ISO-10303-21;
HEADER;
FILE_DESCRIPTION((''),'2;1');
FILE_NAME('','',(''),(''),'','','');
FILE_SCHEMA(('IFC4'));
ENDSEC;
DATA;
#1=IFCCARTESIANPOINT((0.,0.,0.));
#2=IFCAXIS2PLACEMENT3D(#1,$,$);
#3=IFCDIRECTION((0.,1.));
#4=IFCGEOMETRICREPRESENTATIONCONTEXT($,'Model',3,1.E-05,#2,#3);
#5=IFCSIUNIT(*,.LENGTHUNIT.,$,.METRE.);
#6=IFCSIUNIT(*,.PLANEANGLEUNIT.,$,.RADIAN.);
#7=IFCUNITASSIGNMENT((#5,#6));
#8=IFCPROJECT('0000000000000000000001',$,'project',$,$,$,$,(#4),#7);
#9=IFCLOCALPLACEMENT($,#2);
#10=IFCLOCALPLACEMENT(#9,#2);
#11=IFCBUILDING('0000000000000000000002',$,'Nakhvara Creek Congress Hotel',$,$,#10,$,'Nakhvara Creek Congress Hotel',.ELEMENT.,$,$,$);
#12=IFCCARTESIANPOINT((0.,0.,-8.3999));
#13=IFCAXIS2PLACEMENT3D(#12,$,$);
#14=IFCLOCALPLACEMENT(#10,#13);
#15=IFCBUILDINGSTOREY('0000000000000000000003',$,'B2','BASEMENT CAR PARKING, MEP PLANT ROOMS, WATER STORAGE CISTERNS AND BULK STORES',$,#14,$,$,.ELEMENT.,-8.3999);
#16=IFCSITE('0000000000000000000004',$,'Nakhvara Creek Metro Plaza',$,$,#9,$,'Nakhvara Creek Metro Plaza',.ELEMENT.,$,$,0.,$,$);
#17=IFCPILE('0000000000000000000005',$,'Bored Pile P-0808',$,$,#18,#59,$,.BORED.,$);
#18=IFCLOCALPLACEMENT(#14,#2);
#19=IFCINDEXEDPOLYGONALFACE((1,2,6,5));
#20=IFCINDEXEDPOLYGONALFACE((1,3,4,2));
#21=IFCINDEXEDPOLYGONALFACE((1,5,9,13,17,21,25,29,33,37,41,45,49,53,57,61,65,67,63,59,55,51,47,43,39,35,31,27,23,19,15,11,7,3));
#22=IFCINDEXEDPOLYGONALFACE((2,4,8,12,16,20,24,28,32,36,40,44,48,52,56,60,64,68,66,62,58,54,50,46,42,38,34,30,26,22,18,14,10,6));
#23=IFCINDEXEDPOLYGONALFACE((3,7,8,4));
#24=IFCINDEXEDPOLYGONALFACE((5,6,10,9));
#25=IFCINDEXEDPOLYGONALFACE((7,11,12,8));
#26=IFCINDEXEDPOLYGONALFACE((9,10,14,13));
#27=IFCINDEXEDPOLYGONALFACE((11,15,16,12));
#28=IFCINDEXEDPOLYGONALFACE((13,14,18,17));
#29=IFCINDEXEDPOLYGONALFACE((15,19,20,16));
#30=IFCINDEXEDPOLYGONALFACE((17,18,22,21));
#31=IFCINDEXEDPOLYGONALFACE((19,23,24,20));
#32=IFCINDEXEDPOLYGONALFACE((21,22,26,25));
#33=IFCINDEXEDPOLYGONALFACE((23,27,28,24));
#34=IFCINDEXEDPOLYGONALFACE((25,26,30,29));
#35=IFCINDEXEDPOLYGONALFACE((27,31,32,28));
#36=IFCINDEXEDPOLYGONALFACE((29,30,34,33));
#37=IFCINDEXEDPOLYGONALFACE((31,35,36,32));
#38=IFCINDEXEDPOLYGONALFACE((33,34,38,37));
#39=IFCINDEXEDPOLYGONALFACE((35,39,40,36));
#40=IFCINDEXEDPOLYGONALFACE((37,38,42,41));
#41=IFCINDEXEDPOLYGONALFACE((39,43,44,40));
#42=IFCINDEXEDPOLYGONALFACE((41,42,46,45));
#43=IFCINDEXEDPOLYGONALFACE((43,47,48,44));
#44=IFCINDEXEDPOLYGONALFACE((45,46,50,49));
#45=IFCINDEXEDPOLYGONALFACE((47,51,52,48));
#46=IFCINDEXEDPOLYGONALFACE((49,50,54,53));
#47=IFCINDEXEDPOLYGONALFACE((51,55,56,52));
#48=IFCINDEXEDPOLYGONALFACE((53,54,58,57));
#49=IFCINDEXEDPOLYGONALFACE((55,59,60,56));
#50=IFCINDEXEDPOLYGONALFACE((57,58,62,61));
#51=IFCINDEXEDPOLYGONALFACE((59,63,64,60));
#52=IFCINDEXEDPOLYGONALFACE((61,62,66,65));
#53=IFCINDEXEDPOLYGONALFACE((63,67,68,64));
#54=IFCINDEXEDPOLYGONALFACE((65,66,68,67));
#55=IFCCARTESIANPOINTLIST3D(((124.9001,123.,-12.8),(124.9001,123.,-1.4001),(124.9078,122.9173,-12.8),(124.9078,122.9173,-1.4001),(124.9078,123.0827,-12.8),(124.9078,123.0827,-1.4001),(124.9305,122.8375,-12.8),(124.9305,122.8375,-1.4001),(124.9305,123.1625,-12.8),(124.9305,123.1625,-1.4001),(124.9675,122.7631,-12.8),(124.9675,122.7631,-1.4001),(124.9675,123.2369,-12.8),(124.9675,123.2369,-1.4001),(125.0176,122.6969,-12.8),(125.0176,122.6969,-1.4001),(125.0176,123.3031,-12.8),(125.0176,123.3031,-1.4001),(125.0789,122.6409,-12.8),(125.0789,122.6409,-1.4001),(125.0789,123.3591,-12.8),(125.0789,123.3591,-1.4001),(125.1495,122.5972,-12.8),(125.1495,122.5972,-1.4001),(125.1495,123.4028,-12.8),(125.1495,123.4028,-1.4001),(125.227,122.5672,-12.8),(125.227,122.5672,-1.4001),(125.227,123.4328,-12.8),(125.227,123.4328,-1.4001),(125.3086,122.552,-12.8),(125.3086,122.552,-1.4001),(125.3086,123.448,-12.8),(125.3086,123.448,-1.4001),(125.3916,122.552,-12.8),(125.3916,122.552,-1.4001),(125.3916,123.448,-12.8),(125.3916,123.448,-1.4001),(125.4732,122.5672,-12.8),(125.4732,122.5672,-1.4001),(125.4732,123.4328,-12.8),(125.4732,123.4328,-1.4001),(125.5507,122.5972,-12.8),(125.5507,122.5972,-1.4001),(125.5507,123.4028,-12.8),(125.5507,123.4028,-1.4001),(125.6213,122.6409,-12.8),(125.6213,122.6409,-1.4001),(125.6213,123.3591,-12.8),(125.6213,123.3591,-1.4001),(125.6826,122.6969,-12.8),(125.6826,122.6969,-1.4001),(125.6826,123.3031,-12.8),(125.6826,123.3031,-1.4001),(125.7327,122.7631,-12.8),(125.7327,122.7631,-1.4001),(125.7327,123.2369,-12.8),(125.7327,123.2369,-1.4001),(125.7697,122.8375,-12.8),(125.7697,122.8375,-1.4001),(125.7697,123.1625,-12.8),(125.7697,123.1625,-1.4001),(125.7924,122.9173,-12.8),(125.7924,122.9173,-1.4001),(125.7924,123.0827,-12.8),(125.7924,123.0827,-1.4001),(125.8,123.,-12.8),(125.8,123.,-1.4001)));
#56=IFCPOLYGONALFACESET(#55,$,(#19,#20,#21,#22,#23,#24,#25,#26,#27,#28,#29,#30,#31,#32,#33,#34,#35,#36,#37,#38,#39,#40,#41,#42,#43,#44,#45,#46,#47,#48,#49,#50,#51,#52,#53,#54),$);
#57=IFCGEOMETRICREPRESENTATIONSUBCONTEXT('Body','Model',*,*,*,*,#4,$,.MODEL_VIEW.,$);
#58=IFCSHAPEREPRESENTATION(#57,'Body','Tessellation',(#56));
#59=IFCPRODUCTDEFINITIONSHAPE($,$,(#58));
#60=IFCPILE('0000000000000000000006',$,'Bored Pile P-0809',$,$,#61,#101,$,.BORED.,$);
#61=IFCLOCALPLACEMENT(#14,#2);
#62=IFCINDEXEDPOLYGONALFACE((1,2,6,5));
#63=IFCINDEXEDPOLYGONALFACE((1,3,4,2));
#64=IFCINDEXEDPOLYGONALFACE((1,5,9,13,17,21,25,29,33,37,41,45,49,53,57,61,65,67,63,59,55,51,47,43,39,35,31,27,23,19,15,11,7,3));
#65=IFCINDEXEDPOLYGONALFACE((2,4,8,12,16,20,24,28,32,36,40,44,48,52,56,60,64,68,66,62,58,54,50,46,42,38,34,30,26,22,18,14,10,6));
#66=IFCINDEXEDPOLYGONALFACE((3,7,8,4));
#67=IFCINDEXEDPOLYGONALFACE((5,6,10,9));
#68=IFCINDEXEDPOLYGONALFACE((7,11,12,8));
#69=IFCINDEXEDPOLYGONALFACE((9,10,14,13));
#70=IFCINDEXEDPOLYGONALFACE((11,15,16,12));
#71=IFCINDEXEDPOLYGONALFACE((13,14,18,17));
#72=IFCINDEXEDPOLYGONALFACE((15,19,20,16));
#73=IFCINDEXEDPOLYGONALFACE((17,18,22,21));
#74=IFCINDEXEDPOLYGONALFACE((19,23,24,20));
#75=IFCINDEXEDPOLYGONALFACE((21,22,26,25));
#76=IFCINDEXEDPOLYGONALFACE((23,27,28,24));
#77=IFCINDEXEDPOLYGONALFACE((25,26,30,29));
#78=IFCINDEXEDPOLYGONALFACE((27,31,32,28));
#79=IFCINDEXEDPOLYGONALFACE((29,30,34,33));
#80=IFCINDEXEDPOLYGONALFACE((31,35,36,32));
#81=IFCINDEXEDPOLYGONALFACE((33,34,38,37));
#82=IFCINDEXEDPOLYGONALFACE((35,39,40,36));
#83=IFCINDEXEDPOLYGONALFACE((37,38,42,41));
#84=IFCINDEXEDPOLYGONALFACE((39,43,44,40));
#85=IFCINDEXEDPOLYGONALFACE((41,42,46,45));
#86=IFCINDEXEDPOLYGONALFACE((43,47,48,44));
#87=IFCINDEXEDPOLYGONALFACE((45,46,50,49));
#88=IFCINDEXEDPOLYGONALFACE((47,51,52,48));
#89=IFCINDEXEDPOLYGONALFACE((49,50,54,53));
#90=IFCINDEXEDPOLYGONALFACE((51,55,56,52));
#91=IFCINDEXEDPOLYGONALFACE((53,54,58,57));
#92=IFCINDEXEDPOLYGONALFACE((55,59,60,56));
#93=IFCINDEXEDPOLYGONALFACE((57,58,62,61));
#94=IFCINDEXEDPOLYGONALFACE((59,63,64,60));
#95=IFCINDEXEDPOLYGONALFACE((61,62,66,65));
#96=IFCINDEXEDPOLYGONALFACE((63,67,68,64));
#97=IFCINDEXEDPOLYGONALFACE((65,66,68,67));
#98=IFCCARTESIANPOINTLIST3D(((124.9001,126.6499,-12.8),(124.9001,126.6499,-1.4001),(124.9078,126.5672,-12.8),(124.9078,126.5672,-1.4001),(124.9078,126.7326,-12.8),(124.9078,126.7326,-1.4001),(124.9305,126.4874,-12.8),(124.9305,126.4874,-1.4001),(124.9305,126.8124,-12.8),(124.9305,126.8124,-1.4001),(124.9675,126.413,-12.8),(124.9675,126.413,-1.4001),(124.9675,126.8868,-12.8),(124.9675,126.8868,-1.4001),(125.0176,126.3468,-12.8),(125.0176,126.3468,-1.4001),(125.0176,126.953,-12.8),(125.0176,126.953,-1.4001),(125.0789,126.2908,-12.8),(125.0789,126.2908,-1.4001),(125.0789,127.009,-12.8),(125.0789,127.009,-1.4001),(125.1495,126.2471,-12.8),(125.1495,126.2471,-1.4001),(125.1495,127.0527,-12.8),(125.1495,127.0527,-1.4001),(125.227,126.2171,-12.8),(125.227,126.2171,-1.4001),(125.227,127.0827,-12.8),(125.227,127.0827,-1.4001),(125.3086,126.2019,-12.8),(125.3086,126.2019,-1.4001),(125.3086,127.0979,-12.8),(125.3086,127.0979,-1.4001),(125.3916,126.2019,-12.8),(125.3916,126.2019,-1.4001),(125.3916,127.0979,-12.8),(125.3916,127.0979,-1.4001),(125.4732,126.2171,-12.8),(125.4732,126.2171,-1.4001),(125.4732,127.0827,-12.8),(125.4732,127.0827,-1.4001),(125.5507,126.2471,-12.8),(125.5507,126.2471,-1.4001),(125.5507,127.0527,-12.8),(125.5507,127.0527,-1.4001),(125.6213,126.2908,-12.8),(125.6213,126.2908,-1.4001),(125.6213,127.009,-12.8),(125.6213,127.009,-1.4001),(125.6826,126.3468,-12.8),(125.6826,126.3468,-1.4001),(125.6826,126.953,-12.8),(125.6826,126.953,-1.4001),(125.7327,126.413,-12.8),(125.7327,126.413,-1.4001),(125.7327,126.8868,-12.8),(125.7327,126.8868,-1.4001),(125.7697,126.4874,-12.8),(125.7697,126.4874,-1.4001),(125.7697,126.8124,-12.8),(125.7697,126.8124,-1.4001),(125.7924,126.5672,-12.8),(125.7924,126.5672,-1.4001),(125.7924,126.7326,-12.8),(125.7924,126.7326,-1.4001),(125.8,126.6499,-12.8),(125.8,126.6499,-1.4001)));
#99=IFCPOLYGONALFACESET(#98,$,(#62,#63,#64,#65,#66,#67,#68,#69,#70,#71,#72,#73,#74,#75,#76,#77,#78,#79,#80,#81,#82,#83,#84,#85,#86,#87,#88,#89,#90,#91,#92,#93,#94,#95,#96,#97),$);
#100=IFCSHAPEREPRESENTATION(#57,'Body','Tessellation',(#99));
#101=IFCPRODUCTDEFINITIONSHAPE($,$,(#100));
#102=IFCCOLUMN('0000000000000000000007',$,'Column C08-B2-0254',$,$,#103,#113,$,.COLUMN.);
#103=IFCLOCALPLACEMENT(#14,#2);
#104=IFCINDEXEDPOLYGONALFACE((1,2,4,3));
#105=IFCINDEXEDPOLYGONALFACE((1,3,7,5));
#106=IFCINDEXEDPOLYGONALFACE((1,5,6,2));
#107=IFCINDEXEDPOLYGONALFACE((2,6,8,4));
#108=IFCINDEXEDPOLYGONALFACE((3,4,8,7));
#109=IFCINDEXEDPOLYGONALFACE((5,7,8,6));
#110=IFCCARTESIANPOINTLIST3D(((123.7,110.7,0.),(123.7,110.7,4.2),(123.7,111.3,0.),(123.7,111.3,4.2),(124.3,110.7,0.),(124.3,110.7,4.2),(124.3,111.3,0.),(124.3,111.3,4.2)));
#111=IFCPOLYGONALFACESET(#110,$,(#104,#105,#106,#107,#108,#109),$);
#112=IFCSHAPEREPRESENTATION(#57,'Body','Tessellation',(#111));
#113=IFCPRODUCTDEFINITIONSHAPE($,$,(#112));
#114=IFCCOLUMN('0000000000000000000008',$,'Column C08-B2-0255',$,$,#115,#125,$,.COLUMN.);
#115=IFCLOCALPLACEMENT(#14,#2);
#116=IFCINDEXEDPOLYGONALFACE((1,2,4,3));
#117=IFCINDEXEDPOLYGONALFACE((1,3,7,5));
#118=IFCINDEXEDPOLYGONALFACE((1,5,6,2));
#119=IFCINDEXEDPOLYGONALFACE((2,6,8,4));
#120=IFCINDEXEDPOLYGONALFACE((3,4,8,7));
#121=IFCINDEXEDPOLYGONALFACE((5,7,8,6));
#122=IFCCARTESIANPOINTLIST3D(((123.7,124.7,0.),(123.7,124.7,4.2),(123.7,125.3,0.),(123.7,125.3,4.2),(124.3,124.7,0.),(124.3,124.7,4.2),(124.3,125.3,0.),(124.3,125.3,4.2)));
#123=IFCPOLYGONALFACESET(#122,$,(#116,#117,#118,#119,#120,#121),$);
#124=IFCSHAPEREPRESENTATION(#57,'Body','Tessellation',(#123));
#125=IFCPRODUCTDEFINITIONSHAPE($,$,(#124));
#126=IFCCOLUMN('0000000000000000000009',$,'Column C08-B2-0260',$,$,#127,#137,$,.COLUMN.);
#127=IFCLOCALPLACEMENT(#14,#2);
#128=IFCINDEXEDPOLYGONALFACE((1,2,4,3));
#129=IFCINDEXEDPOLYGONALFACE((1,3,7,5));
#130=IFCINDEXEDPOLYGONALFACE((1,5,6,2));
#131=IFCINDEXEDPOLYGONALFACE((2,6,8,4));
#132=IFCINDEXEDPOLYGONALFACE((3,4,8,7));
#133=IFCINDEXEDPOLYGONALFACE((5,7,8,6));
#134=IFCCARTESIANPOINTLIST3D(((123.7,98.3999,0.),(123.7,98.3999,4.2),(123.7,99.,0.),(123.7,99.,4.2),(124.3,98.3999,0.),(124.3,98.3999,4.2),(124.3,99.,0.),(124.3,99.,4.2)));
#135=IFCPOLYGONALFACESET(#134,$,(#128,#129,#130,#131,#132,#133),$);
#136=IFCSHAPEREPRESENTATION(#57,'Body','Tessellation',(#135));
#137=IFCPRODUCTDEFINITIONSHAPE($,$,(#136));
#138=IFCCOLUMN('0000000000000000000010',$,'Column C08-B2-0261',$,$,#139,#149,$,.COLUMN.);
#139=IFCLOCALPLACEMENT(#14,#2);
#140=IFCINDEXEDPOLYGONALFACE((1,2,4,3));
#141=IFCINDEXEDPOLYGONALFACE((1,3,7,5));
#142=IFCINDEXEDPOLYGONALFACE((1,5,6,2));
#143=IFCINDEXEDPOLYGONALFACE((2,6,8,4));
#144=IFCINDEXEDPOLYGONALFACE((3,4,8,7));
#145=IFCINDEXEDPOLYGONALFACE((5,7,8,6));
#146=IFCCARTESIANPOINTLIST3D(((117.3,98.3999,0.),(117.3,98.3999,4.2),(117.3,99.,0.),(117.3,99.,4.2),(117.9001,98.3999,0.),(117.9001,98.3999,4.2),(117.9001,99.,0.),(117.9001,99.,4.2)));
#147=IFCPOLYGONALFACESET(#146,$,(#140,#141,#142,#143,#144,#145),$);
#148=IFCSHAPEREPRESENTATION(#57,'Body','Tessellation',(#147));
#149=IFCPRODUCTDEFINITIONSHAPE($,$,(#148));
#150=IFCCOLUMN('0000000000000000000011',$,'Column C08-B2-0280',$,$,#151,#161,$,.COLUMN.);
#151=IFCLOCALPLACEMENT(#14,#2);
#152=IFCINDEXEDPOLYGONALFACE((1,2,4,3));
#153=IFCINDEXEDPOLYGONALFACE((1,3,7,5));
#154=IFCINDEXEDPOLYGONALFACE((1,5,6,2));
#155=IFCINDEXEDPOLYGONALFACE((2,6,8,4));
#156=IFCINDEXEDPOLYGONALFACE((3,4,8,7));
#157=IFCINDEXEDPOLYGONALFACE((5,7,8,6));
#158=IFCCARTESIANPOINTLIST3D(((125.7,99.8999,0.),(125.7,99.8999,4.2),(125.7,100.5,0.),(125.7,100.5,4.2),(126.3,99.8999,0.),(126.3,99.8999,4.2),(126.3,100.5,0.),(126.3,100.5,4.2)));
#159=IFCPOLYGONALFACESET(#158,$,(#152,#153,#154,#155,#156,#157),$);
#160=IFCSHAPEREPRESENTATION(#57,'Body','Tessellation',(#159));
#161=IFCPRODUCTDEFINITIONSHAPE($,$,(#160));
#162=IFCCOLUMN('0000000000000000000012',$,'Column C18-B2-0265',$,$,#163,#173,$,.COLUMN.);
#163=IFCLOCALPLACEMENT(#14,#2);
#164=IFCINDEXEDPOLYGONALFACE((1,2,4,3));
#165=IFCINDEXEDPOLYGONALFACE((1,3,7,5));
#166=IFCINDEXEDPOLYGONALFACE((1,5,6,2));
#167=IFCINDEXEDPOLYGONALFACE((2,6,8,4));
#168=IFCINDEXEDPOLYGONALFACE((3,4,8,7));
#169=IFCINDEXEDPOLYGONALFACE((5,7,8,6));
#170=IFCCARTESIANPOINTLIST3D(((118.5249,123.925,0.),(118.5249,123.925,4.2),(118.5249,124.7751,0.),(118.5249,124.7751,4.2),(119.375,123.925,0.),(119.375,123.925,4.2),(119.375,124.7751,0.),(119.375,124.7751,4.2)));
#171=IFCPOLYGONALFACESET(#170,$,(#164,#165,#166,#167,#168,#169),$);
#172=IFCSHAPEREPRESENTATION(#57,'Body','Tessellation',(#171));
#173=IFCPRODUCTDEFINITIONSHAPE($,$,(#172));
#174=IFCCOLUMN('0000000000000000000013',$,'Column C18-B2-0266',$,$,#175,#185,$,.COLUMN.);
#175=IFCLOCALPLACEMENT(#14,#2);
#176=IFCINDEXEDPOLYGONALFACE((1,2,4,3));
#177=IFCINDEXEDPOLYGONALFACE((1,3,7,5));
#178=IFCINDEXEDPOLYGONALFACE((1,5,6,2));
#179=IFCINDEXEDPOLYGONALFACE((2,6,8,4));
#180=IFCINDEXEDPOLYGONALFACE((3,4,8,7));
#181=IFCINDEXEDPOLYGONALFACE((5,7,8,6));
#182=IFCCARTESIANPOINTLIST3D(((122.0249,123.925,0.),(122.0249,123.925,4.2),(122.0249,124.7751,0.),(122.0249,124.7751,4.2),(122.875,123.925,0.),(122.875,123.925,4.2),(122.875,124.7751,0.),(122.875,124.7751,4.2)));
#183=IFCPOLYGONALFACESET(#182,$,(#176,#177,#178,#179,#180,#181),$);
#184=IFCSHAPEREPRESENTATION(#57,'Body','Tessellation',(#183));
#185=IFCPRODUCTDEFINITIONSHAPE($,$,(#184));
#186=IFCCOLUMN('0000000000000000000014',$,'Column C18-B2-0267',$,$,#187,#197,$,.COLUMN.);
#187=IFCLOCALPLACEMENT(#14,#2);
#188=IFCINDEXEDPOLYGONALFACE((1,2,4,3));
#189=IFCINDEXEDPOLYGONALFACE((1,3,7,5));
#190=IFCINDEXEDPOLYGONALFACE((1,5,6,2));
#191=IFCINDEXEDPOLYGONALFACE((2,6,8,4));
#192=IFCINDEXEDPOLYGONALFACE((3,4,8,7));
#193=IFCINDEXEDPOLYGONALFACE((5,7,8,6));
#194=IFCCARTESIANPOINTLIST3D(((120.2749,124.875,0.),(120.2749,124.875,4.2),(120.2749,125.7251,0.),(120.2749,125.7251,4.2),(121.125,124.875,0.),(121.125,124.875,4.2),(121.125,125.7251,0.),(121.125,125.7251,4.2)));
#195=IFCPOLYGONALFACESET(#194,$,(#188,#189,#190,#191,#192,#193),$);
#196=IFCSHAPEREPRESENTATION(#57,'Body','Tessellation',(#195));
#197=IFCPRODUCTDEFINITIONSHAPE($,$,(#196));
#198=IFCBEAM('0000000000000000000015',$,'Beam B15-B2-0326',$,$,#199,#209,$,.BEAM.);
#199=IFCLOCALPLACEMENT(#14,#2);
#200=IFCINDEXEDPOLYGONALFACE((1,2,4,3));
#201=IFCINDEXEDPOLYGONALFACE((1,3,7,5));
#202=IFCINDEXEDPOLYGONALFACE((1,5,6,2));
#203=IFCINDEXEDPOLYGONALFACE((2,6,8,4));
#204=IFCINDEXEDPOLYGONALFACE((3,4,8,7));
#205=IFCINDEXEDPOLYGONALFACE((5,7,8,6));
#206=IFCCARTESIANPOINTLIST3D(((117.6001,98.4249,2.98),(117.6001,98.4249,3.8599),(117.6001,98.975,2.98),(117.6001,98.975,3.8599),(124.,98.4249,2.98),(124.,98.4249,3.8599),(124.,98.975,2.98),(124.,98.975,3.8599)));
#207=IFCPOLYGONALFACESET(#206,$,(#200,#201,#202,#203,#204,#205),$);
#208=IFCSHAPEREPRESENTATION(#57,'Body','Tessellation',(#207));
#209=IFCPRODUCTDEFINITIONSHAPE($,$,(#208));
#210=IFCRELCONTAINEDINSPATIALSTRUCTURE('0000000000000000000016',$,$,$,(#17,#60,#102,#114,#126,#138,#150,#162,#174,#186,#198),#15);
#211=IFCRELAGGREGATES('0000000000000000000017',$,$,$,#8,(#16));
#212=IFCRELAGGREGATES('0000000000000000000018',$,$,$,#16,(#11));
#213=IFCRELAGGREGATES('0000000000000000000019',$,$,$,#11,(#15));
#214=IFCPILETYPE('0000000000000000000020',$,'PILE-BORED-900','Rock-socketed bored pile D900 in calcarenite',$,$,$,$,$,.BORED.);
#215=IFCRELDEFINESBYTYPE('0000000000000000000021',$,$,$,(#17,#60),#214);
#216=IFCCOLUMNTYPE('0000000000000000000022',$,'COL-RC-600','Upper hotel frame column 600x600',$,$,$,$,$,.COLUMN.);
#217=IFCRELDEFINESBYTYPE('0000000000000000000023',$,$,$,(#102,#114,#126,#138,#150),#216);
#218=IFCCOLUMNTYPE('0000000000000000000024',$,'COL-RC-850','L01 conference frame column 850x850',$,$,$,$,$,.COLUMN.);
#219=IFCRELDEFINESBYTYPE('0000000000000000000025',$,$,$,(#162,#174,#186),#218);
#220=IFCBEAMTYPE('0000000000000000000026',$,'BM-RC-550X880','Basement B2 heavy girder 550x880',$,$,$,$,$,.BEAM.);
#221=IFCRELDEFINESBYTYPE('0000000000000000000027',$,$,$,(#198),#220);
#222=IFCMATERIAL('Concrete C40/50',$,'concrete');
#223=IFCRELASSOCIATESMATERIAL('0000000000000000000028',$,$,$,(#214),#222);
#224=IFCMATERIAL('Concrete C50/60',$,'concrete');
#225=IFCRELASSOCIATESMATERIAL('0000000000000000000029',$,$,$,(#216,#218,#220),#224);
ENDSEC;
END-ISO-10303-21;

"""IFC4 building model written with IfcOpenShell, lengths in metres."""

from ifc_helpers import new_model, si_unit, direction, frame, origin, origin_2d, place, context, subcontext, project, spatial, rectangle, circle, extrude, material, material_profile, profile_set, type_object, element, save


model = new_model("IFC4")

# Units and contexts
model_context = context("Model", 3, precision=1e-05, world=origin(), true_north=direction((0.0, 1.0)))
body_context = subcontext(model_context, "Body", "Model", "MODEL_VIEW")
ifc_project = project(units=[si_unit("LENGTHUNIT", "METRE"), si_unit("PLANEANGLEUNIT", "RADIAN")], contexts=[model_context])

# Site, building, storey
site_placement = place(None, origin())
site = spatial("IfcSite", under=ifc_project, at=site_placement, Name="Nakhvara Creek Metro Plaza", LongName="Nakhvara Creek Metro Plaza", CompositionType="ELEMENT", RefElevation=0.0)
building_placement = place(site_placement, origin())
building = spatial("IfcBuilding", under=site, at=building_placement, Name="Nakhvara Creek Congress Hotel", LongName="Nakhvara Creek Congress Hotel", CompositionType="ELEMENT")
storey_placement = place(building_placement, frame((0.0, 0.0, -8.3999)))
storey = spatial("IfcBuildingStorey", under=building, at=storey_placement, Name="B2", Description="BASEMENT CAR PARKING, MEP PLANT ROOMS, WATER STORAGE CISTERNS AND BULK STORES", CompositionType="ELEMENT", Elevation=-8.3999)

# Shared definitions
ifc_material_1 = material(Name="Concrete C40/50", Category="concrete")

# Piles
ifc_material_profile_1 = material_profile(ifc_material_1, circle(Radius=0.45, at=origin_2d()), Name="BORED PILE D900", Category="LoadBearing")
ifc_profile_set_1 = profile_set([ifc_material_profile_1], Name="Concrete C40/50")
pile_type = type_object("IfcPileType", Name="PILE-BORED-900", Description="Rock-socketed bored pile D900 in calcarenite", PredefinedType="BORED", material=ifc_profile_set_1)
for number, where, z_axis, x_axis, name in (
    (1, (125.3501, 123.0, -1.4001), (0.0, 0.0, -1.0), (1.0, 0.0, 0.0), "Bored Pile P-0808"),
    (2, (125.3501, 126.6499, -1.4001), (0.0, 0.0, -1.0), (1.0, 0.0, 0.0), "Bored Pile P-0809"),
):
    element("IfcPile", number, at=place(storey_placement, frame(where, z_axis=z_axis, x_axis=x_axis)), inside=storey, type_object=pile_type, Name=name, PredefinedType="BORED", context=body_context, shape_type="SweptSolid", body=[
        extrude(circle(Radius=0.45, at=origin_2d()), origin(), (0.0, 0.0, 1.0), 11.3999),
    ])

# Columns
ifc_material_2 = material(Name="Concrete C50/60", Category="concrete")
ifc_material_profile_2 = material_profile(ifc_material_2, rectangle(XDim=0.6001, YDim=0.6001, at=origin_2d()), Name="RC-COL 600x600", Category="LoadBearing")
ifc_profile_set_2 = profile_set([ifc_material_profile_2], Name="Concrete C50/60")
column_type_1 = type_object("IfcColumnType", Name="COL-RC-600", Description="Upper hotel frame column 600x600", PredefinedType="COLUMN", material=ifc_profile_set_2)
for number, where, z_axis, x_axis, name in (
    (3, (124.0, 111.0, 0.0), (0.0, 0.0, 1.0), (1.0, 0.0, 0.0), "Column C08-B2-0254"),
    (4, (124.0, 125.0, 0.0), (0.0, 0.0, 1.0), (1.0, 0.0, 0.0), "Column C08-B2-0255"),
    (5, (124.0, 98.7, 0.0), (0.0, 0.0, 1.0), (1.0, 0.0, 0.0), "Column C08-B2-0260"),
    (6, (117.6001, 98.7, 0.0), (0.0, 0.0, 1.0), (1.0, 0.0, 0.0), "Column C08-B2-0261"),
    (7, (126.0, 100.2, 0.0), (0.0, 0.0, 1.0), (1.0, 0.0, 0.0), "Column C08-B2-0280"),
):
    element("IfcColumn", number, at=place(storey_placement, frame(where, z_axis=z_axis, x_axis=x_axis)), inside=storey, type_object=column_type_1, Name=name, PredefinedType="COLUMN", context=body_context, shape_type="SweptSolid", body=[
        extrude(rectangle(XDim=0.6001, YDim=0.6001, at=origin_2d()), origin(), (0.0, 0.0, 1.0), 4.2),
    ])
ifc_material_profile_3 = material_profile(ifc_material_2, rectangle(XDim=0.8501, YDim=0.8501, at=origin_2d()), Name="RC-COL 850x850", Category="LoadBearing")
ifc_profile_set_3 = profile_set([ifc_material_profile_3], Name="Concrete C50/60")
column_type_2 = type_object("IfcColumnType", Name="COL-RC-850", Description="L01 conference frame column 850x850", PredefinedType="COLUMN", material=ifc_profile_set_3)
for number, where, z_axis, x_axis, name in (
    (8, (118.95, 124.3501, 0.0), (0.0, 0.0, 1.0), (1.0, 0.0, 0.0), "Column C18-B2-0265"),
    (9, (122.45, 124.3501, 0.0), (0.0, 0.0, 1.0), (1.0, 0.0, 0.0), "Column C18-B2-0266"),
    (10, (120.7, 125.3, 0.0), (0.0, 0.0, 1.0), (1.0, 0.0, 0.0), "Column C18-B2-0267"),
):
    element("IfcColumn", number, at=place(storey_placement, frame(where, z_axis=z_axis, x_axis=x_axis)), inside=storey, type_object=column_type_2, Name=name, PredefinedType="COLUMN", context=body_context, shape_type="SweptSolid", body=[
        extrude(rectangle(XDim=0.8501, YDim=0.8501, at=origin_2d()), origin(), (0.0, 0.0, 1.0), 4.2),
    ])

# Beam
ifc_material_profile_4 = material_profile(ifc_material_2, rectangle(XDim=0.55, YDim=0.8799, at=origin_2d()), Name="RC-BM 550x880", Category="LoadBearing")
ifc_profile_set_4 = profile_set([ifc_material_profile_4], Name="Concrete C50/60")
beam_type = type_object("IfcBeamType", Name="BM-RC-550X880", Description="Basement B2 heavy girder 550x880", PredefinedType="BEAM", material=ifc_profile_set_4)
beam_1_placement = place(storey_placement, frame((117.6001, 98.7, 3.4199), z_axis=(1.0, 0.0, 0.0), x_axis=(0.0, 1.0, 0.0)))
element("IfcBeam", 11, at=beam_1_placement, inside=storey, type_object=beam_type, Name="Beam B15-B2-0326", PredefinedType="BEAM", context=body_context, shape_type="SweptSolid", body=[
    extrude(rectangle(XDim=0.55, YDim=0.8799, at=origin_2d()), origin(), (0.0, 0.0, 1.0), 6.3999),
])

save(model, "model.ifc")
